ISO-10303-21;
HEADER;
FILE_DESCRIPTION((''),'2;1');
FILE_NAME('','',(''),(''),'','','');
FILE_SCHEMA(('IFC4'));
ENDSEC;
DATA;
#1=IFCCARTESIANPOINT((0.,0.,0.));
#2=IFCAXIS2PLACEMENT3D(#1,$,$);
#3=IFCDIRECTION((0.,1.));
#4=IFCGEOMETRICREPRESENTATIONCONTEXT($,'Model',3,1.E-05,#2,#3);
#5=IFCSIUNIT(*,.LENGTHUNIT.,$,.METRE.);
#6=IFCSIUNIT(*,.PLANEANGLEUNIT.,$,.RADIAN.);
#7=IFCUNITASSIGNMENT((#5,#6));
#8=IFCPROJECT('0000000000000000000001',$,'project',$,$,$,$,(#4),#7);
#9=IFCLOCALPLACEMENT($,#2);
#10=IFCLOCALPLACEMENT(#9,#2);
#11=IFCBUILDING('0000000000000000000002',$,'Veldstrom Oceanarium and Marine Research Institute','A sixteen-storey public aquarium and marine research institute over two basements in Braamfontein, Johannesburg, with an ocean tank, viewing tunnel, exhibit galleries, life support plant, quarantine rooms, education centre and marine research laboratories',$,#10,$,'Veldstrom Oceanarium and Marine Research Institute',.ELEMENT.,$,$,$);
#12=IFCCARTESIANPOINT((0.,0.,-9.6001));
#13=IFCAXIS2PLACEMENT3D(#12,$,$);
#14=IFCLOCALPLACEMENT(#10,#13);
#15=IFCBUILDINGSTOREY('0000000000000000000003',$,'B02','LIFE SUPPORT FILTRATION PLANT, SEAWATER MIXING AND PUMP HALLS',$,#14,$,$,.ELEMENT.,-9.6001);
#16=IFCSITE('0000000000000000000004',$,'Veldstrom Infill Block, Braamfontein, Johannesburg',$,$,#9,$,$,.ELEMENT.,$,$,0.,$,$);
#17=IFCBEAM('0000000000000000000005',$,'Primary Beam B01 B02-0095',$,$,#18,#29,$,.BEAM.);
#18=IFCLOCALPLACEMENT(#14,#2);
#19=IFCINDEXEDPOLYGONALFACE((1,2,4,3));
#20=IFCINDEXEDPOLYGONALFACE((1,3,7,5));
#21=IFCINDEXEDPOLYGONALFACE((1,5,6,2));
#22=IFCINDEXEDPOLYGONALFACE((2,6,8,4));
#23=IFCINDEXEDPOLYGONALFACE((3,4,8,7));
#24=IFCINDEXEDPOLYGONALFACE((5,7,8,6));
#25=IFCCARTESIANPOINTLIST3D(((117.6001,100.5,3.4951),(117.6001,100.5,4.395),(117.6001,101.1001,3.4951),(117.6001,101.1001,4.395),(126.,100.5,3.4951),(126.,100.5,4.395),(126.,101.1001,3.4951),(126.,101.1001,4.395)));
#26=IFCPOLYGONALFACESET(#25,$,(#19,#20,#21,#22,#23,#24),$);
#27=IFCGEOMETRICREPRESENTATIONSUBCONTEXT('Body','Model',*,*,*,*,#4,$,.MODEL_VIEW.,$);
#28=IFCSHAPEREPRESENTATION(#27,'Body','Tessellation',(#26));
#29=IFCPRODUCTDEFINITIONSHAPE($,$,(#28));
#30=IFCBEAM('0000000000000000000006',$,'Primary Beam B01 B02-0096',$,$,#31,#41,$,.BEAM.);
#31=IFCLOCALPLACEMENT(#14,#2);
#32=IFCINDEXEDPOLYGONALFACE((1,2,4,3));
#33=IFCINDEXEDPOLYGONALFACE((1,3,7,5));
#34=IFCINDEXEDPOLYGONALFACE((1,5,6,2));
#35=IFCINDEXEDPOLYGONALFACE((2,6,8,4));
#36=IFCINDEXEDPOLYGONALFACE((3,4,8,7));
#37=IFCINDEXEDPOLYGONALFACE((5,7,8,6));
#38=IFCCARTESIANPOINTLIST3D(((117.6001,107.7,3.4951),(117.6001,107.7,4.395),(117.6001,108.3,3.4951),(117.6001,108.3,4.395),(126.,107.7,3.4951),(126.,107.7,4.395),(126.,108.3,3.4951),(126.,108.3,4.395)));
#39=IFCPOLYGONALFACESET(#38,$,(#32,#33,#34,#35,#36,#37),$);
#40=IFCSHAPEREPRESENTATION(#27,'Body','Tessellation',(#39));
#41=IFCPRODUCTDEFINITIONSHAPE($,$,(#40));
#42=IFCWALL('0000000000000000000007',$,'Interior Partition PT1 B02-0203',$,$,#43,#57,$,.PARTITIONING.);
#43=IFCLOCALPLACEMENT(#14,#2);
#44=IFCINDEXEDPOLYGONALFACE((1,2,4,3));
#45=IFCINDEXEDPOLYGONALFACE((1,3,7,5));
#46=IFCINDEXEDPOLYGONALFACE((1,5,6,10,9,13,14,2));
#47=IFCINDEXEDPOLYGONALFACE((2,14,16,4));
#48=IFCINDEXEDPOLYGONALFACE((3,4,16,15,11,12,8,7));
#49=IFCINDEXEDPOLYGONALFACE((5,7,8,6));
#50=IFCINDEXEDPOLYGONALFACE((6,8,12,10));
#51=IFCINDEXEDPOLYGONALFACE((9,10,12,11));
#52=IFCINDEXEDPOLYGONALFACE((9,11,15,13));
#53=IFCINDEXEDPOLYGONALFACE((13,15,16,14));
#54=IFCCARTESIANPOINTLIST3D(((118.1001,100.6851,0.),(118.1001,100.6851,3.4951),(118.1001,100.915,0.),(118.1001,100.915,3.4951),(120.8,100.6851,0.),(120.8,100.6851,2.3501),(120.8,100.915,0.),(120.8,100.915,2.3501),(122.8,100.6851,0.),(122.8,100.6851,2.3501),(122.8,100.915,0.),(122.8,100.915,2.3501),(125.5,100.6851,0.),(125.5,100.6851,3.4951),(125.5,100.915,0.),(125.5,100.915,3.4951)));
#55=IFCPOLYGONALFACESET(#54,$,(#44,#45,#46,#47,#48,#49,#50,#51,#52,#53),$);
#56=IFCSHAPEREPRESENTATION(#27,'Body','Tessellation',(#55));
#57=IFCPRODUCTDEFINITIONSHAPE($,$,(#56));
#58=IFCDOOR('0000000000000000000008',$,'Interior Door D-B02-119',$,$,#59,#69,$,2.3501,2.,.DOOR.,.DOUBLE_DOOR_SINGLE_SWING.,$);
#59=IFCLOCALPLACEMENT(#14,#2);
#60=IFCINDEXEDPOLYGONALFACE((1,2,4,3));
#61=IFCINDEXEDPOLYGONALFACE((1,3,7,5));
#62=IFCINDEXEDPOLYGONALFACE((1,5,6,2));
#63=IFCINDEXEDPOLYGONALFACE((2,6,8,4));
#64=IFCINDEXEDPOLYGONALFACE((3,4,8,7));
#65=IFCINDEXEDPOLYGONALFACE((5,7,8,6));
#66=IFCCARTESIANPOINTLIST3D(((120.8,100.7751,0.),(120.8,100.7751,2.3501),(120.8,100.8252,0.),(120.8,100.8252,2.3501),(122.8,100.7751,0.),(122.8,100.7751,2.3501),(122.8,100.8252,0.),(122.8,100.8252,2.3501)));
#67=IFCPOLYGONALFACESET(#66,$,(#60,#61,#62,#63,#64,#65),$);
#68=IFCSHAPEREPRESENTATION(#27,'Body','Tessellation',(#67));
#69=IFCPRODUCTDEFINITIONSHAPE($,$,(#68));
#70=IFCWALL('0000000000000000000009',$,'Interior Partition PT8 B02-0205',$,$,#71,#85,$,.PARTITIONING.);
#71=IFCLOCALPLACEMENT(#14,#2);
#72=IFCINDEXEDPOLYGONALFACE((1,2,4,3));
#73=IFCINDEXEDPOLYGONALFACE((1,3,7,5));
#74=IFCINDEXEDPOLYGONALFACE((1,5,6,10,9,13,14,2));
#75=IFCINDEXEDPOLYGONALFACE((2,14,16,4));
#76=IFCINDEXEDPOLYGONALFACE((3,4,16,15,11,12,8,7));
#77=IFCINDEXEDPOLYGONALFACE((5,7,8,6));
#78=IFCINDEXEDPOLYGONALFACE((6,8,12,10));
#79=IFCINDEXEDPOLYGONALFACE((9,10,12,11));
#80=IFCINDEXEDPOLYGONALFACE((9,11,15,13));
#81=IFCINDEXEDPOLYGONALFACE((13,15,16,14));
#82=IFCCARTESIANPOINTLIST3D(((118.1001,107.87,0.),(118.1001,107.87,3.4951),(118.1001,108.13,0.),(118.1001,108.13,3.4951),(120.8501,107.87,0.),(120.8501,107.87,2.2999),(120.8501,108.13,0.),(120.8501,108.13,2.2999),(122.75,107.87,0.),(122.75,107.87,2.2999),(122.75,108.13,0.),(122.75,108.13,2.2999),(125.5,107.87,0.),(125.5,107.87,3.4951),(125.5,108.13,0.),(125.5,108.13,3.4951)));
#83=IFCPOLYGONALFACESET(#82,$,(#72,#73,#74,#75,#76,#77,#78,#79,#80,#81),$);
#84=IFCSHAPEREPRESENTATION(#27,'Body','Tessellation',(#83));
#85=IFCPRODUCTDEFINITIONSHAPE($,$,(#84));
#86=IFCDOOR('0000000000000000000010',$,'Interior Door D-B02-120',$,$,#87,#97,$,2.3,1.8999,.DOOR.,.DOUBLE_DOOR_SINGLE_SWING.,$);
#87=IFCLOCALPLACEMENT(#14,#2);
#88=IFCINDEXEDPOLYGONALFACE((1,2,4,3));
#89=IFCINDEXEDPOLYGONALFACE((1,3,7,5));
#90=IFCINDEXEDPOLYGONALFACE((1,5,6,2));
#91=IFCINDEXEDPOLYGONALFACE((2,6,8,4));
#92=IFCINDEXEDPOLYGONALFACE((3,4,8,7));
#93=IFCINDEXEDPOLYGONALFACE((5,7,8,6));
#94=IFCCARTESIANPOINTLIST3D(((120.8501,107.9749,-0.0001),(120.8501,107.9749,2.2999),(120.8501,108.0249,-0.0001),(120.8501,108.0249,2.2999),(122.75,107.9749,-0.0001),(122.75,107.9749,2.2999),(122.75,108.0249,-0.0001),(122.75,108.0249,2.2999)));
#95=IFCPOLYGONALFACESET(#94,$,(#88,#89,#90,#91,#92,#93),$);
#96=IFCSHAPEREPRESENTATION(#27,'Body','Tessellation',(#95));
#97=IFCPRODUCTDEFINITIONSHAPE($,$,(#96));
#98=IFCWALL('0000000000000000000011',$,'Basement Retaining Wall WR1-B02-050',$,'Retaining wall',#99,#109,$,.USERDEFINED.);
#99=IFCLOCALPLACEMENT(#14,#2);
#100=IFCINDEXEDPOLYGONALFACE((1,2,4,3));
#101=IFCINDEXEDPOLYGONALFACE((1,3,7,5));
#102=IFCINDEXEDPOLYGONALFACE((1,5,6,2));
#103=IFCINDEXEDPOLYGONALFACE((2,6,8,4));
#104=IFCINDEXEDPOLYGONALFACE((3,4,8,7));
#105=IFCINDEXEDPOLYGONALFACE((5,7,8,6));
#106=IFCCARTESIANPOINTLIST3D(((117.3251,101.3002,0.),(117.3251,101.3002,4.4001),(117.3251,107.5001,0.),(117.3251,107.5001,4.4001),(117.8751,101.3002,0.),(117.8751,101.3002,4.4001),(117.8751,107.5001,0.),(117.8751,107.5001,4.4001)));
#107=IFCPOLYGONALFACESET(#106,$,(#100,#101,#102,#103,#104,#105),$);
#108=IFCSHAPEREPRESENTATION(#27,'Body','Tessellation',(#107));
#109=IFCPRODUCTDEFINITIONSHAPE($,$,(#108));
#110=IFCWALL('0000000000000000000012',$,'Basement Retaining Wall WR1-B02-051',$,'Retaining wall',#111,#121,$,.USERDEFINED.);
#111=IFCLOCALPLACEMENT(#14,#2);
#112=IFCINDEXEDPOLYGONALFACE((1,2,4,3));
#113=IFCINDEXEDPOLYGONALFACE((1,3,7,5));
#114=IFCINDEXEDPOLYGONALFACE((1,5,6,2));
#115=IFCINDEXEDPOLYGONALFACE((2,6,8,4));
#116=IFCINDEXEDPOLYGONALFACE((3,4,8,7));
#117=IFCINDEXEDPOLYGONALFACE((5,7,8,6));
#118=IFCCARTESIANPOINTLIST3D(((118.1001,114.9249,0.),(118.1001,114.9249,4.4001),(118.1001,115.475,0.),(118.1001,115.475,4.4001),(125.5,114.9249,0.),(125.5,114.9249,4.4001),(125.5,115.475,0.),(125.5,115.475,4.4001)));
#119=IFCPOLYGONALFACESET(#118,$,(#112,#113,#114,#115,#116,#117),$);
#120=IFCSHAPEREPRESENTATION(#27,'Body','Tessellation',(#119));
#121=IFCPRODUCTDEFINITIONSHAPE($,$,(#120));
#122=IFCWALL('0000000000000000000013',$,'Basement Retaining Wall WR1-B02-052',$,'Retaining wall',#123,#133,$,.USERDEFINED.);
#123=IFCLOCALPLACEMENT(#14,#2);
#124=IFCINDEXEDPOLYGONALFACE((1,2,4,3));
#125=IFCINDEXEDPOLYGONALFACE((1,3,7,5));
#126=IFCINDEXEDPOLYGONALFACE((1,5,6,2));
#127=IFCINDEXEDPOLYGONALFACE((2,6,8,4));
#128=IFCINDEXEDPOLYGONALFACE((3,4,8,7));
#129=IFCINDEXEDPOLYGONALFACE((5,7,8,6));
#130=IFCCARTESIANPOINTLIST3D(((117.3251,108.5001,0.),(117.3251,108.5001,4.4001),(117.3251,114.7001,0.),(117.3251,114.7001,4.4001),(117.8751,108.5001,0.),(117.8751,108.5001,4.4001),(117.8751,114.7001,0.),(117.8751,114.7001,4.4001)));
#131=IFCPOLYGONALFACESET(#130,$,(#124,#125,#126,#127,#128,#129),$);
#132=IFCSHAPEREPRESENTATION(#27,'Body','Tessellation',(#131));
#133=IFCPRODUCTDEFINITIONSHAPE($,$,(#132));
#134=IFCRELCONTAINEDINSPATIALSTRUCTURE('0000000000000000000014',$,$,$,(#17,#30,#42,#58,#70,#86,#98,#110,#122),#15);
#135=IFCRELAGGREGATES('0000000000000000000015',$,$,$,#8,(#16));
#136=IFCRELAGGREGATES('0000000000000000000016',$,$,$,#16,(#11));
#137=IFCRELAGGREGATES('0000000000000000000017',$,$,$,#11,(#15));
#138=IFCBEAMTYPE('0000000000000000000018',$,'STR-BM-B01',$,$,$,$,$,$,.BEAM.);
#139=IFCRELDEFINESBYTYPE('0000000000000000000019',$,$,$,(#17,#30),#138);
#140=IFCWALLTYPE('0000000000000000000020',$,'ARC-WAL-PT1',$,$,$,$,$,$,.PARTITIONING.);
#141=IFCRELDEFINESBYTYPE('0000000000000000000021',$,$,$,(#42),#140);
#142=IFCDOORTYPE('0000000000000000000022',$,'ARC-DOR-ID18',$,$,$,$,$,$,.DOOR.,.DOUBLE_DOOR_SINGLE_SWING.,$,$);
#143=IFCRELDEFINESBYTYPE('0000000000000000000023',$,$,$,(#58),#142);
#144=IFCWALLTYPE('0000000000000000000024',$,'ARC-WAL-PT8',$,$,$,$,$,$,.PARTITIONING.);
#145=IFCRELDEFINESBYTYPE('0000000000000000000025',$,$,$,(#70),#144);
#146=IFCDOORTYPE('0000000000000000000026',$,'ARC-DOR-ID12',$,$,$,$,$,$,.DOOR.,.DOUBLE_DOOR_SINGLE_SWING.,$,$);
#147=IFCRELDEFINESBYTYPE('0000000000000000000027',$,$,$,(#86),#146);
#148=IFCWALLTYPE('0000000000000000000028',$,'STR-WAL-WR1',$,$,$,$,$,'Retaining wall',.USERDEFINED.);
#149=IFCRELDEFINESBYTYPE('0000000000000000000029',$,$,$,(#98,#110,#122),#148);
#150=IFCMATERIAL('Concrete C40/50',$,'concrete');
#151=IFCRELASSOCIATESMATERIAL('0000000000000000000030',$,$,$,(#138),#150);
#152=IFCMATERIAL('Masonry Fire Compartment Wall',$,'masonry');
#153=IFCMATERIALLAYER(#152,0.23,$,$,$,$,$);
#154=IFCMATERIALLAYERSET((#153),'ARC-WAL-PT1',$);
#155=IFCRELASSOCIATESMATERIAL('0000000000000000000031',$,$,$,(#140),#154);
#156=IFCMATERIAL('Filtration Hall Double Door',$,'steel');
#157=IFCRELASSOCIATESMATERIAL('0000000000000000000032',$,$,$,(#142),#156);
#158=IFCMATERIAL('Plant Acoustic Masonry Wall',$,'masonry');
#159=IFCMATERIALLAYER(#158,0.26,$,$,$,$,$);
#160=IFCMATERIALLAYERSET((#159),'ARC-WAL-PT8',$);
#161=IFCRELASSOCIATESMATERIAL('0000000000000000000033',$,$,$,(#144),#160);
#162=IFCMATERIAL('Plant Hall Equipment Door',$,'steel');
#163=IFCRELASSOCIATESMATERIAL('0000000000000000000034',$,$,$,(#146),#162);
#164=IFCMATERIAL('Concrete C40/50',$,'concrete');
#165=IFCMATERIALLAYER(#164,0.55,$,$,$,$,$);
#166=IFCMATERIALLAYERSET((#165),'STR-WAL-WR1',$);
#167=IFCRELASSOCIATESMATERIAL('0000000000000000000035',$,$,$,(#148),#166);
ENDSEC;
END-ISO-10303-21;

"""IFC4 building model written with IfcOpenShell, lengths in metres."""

from ifc_helpers import new_model, si_unit, direction, frame, frame_2d, origin, origin_2d, place, context, subcontext, project, spatial, rectangle, extrude, material, layer, layer_set, material_profile, profile_set, type_object, element, fill, save


model = new_model("IFC4")

# Units and contexts
model_context = context("Model", 3, precision=1e-05, world=origin(), true_north=direction((0.0, 1.0)))
body_context = subcontext(model_context, "Body", "Model", "MODEL_VIEW")
ifc_project = project(units=[si_unit("LENGTHUNIT", "METRE"), si_unit("PLANEANGLEUNIT", "RADIAN")], contexts=[model_context])

# Site, building, storey
site_placement = place(None, origin())
site = spatial("IfcSite", under=ifc_project, at=site_placement, Name="Veldstrom Infill Block, Braamfontein, Johannesburg", CompositionType="ELEMENT", RefElevation=0.0)
building_placement = place(site_placement, origin())
building = spatial("IfcBuilding", under=site, at=building_placement, Name="Veldstrom Oceanarium and Marine Research Institute", Description="A sixteen-storey public aquarium and marine research institute over two basements in Braamfontein, Johannesburg, with an ocean tank, viewing tunnel, exhibit galleries, life support plant, quarantine rooms, education centre and marine research laboratories", LongName="Veldstrom Oceanarium and Marine Research Institute", CompositionType="ELEMENT")
storey_placement = place(building_placement, frame((0.0, 0.0, -9.6001)))
storey = spatial("IfcBuildingStorey", under=building, at=storey_placement, Name="B02", Description="LIFE SUPPORT FILTRATION PLANT, SEAWATER MIXING AND PUMP HALLS", CompositionType="ELEMENT", Elevation=-9.6001)

# Beams
ifc_material_1 = material(Name="Concrete C40/50", Category="concrete")
ifc_material_profile_1 = material_profile(ifc_material_1, rectangle(XDim=0.6001, YDim=0.8999, at=origin_2d()), Name="RC-BM-600x900")
ifc_profile_set_1 = profile_set([ifc_material_profile_1], Name="Concrete C40/50")
beam_type = type_object("IfcBeamType", Name="STR-BM-B01", PredefinedType="BEAM", material=ifc_profile_set_1)
for number, where, z_axis, x_axis, name in (
    (1, (117.6001, 100.8, 3.9451), (1.0, 0.0, 0.0), (0.0, 1.0, 0.0), "Primary Beam B01 B02-0095"),
    (2, (117.6001, 108.0, 3.9451), (1.0, 0.0, 0.0), (0.0, 1.0, 0.0), "Primary Beam B01 B02-0096"),
):
    element("IfcBeam", number, at=place(storey_placement, frame(where, z_axis=z_axis, x_axis=x_axis)), inside=storey, type_object=beam_type, Name=name, PredefinedType="BEAM", context=body_context, shape_type="SweptSolid", body=[
        extrude(rectangle(XDim=0.6001, YDim=0.8999, at=origin_2d()), origin(), (0.0, 0.0, 1.0), 8.3999),
    ])

# Walls, openings, doors
ifc_material_2 = material(Name="Masonry Fire Compartment Wall", Category="masonry")
ifc_layer_1 = layer(ifc_material_2, 0.23)
ifc_layer_set_1 = layer_set([ifc_layer_1], Name="ARC-WAL-PT1")
wall_type_1 = type_object("IfcWallType", Name="ARC-WAL-PT1", PredefinedType="PARTITIONING", material=ifc_layer_set_1)
wall_1_placement = place(storey_placement, frame((118.1001, 100.8, 0.0), z_axis=(0.0, 0.0, 1.0), x_axis=(1.0, 0.0, 0.0)))
wall_1 = element("IfcWall", 3, at=wall_1_placement, inside=storey, type_object=wall_type_1, Name="Interior Partition PT1 B02-0203", PredefinedType="PARTITIONING", context=body_context, shape_type="SweptSolid", body=[
    extrude(rectangle(XDim=7.3999, YDim=0.23, at=frame_2d((3.7, 0.0))), origin(), (0.0, 0.0, 1.0), 3.4951),
])
opening_1_placement = place(wall_1_placement, frame((2.7, 0.0, 0.0)))
opening_1 = element("IfcOpeningElement", 4, at=opening_1_placement, cuts=wall_1, PredefinedType="OPENING", context=body_context, shape_type="SweptSolid", body=[
    extrude(rectangle(XDim=2.0, YDim=2.3501, at=frame_2d((1.0, 1.175))), frame((0.0, 0.125, 0.0), z_axis=(0.0, -1.0, 0.0), x_axis=(1.0, 0.0, 0.0)), (0.0, 0.0, 1.0), 0.25),
])
ifc_material_3 = material(Name="Filtration Hall Double Door", Category="steel")
door_type_1 = type_object("IfcDoorType", Name="ARC-DOR-ID18", OperationType="DOUBLE_DOOR_SINGLE_SWING", PredefinedType="DOOR", material=ifc_material_3)
door_1_placement = place(opening_1_placement, frame((2.0, 0.0, 0.0), z_axis=(0.0, 0.0, 1.0), x_axis=(-1.0, 0.0, 0.0)))
door_1 = element("IfcDoor", 5, at=door_1_placement, inside=storey, type_object=door_type_1, Name="Interior Door D-B02-119", OperationType="DOUBLE_DOOR_SINGLE_SWING", OverallHeight=2.3501, OverallWidth=2.0, PredefinedType="DOOR", context=body_context, shape_type="SweptSolid", body=[
    extrude(rectangle(XDim=2.0, YDim=2.3501, at=frame_2d((1.0, 1.175))), frame((0.0, 0.0249, 0.0), z_axis=(0.0, -1.0, 0.0), x_axis=(1.0, 0.0, 0.0)), (0.0, 0.0, 1.0), 0.05),
])
fill(opening_1, door_1)
ifc_material_4 = material(Name="Plant Acoustic Masonry Wall", Category="masonry")
ifc_layer_2 = layer(ifc_material_4, 0.26)
ifc_layer_set_2 = layer_set([ifc_layer_2], Name="ARC-WAL-PT8")
wall_type_2 = type_object("IfcWallType", Name="ARC-WAL-PT8", PredefinedType="PARTITIONING", material=ifc_layer_set_2)
wall_2_placement = place(storey_placement, frame((118.1001, 108.0, 0.0), z_axis=(0.0, 0.0, 1.0), x_axis=(1.0, 0.0, 0.0)))
wall_2 = element("IfcWall", 6, at=wall_2_placement, inside=storey, type_object=wall_type_2, Name="Interior Partition PT8 B02-0205", PredefinedType="PARTITIONING", context=body_context, shape_type="SweptSolid", body=[
    extrude(rectangle(XDim=7.3999, YDim=0.26, at=frame_2d((3.7, 0.0))), origin(), (0.0, 0.0, 1.0), 3.4951),
])
opening_2_placement = place(wall_2_placement, frame((2.75, 0.0, 0.0)))
opening_2 = element("IfcOpeningElement", 7, at=opening_2_placement, cuts=wall_2, PredefinedType="OPENING", context=body_context, shape_type="SweptSolid", body=[
    extrude(rectangle(XDim=1.8999, YDim=2.3, at=frame_2d((0.95, 1.1499))), frame((0.0, 0.1399, 0.0), z_axis=(0.0, -1.0, 0.0), x_axis=(1.0, 0.0, 0.0)), (0.0, 0.0, 1.0), 0.28),
])
ifc_material_5 = material(Name="Plant Hall Equipment Door", Category="steel")
door_type_2 = type_object("IfcDoorType", Name="ARC-DOR-ID12", OperationType="DOUBLE_DOOR_SINGLE_SWING", PredefinedType="DOOR", material=ifc_material_5)
door_2_placement = place(opening_2_placement, origin())
door_2 = element("IfcDoor", 8, at=door_2_placement, inside=storey, type_object=door_type_2, Name="Interior Door D-B02-120", OperationType="DOUBLE_DOOR_SINGLE_SWING", OverallHeight=2.3, OverallWidth=1.8999, PredefinedType="DOOR", context=body_context, shape_type="SweptSolid", body=[
    extrude(rectangle(XDim=1.8999, YDim=2.3, at=frame_2d((0.95, 1.1499))), frame((0.0, 0.0249, 0.0), z_axis=(0.0, -1.0, 0.0), x_axis=(1.0, 0.0, 0.0)), (0.0, 0.0, 1.0), 0.05),
])
fill(opening_2, door_2)

# Walls
ifc_material_6 = material(Name="Concrete C40/50", Category="concrete")
ifc_layer_3 = layer(ifc_material_6, 0.55)
ifc_layer_set_3 = layer_set([ifc_layer_3], Name="STR-WAL-WR1")
wall_type_3 = type_object("IfcWallType", Name="STR-WAL-WR1", ElementType="Retaining wall", PredefinedType="USERDEFINED", material=ifc_layer_set_3)
wall_3_placement = place(storey_placement, frame((117.6001, 101.3, 0.0), z_axis=(0.0, 0.0, 1.0), x_axis=(0.0, 1.0, 0.0)))
element("IfcWall", 9, at=wall_3_placement, inside=storey, type_object=wall_type_3, Name="Basement Retaining Wall WR1-B02-050", ObjectType="Retaining wall", PredefinedType="USERDEFINED", context=body_context, shape_type="SweptSolid", body=[
    extrude(rectangle(XDim=6.2, YDim=0.55, at=frame_2d((3.1001, 0.0))), origin(), (0.0, 0.0, 1.0), 4.4001),
])
wall_4_placement = place(storey_placement, frame((118.1001, 115.2, 0.0), z_axis=(0.0, 0.0, 1.0), x_axis=(1.0, 0.0, 0.0)))
element("IfcWall", 10, at=wall_4_placement, inside=storey, type_object=wall_type_3, Name="Basement Retaining Wall WR1-B02-051", ObjectType="Retaining wall", PredefinedType="USERDEFINED", context=body_context, shape_type="SweptSolid", body=[
    extrude(rectangle(XDim=7.3999, YDim=0.55, at=frame_2d((3.7, 0.0))), origin(), (0.0, 0.0, 1.0), 4.4001),
])
wall_5_placement = place(storey_placement, frame((117.6001, 108.5, 0.0), z_axis=(0.0, 0.0, 1.0), x_axis=(0.0, 1.0, 0.0)))
element("IfcWall", 11, at=wall_5_placement, inside=storey, type_object=wall_type_3, Name="Basement Retaining Wall WR1-B02-052", ObjectType="Retaining wall", PredefinedType="USERDEFINED", context=body_context, shape_type="SweptSolid", body=[
    extrude(rectangle(XDim=6.2, YDim=0.55, at=frame_2d((3.1001, 0.0))), origin(), (0.0, 0.0, 1.0), 4.4001),
])

save(model, "model.ifc")
